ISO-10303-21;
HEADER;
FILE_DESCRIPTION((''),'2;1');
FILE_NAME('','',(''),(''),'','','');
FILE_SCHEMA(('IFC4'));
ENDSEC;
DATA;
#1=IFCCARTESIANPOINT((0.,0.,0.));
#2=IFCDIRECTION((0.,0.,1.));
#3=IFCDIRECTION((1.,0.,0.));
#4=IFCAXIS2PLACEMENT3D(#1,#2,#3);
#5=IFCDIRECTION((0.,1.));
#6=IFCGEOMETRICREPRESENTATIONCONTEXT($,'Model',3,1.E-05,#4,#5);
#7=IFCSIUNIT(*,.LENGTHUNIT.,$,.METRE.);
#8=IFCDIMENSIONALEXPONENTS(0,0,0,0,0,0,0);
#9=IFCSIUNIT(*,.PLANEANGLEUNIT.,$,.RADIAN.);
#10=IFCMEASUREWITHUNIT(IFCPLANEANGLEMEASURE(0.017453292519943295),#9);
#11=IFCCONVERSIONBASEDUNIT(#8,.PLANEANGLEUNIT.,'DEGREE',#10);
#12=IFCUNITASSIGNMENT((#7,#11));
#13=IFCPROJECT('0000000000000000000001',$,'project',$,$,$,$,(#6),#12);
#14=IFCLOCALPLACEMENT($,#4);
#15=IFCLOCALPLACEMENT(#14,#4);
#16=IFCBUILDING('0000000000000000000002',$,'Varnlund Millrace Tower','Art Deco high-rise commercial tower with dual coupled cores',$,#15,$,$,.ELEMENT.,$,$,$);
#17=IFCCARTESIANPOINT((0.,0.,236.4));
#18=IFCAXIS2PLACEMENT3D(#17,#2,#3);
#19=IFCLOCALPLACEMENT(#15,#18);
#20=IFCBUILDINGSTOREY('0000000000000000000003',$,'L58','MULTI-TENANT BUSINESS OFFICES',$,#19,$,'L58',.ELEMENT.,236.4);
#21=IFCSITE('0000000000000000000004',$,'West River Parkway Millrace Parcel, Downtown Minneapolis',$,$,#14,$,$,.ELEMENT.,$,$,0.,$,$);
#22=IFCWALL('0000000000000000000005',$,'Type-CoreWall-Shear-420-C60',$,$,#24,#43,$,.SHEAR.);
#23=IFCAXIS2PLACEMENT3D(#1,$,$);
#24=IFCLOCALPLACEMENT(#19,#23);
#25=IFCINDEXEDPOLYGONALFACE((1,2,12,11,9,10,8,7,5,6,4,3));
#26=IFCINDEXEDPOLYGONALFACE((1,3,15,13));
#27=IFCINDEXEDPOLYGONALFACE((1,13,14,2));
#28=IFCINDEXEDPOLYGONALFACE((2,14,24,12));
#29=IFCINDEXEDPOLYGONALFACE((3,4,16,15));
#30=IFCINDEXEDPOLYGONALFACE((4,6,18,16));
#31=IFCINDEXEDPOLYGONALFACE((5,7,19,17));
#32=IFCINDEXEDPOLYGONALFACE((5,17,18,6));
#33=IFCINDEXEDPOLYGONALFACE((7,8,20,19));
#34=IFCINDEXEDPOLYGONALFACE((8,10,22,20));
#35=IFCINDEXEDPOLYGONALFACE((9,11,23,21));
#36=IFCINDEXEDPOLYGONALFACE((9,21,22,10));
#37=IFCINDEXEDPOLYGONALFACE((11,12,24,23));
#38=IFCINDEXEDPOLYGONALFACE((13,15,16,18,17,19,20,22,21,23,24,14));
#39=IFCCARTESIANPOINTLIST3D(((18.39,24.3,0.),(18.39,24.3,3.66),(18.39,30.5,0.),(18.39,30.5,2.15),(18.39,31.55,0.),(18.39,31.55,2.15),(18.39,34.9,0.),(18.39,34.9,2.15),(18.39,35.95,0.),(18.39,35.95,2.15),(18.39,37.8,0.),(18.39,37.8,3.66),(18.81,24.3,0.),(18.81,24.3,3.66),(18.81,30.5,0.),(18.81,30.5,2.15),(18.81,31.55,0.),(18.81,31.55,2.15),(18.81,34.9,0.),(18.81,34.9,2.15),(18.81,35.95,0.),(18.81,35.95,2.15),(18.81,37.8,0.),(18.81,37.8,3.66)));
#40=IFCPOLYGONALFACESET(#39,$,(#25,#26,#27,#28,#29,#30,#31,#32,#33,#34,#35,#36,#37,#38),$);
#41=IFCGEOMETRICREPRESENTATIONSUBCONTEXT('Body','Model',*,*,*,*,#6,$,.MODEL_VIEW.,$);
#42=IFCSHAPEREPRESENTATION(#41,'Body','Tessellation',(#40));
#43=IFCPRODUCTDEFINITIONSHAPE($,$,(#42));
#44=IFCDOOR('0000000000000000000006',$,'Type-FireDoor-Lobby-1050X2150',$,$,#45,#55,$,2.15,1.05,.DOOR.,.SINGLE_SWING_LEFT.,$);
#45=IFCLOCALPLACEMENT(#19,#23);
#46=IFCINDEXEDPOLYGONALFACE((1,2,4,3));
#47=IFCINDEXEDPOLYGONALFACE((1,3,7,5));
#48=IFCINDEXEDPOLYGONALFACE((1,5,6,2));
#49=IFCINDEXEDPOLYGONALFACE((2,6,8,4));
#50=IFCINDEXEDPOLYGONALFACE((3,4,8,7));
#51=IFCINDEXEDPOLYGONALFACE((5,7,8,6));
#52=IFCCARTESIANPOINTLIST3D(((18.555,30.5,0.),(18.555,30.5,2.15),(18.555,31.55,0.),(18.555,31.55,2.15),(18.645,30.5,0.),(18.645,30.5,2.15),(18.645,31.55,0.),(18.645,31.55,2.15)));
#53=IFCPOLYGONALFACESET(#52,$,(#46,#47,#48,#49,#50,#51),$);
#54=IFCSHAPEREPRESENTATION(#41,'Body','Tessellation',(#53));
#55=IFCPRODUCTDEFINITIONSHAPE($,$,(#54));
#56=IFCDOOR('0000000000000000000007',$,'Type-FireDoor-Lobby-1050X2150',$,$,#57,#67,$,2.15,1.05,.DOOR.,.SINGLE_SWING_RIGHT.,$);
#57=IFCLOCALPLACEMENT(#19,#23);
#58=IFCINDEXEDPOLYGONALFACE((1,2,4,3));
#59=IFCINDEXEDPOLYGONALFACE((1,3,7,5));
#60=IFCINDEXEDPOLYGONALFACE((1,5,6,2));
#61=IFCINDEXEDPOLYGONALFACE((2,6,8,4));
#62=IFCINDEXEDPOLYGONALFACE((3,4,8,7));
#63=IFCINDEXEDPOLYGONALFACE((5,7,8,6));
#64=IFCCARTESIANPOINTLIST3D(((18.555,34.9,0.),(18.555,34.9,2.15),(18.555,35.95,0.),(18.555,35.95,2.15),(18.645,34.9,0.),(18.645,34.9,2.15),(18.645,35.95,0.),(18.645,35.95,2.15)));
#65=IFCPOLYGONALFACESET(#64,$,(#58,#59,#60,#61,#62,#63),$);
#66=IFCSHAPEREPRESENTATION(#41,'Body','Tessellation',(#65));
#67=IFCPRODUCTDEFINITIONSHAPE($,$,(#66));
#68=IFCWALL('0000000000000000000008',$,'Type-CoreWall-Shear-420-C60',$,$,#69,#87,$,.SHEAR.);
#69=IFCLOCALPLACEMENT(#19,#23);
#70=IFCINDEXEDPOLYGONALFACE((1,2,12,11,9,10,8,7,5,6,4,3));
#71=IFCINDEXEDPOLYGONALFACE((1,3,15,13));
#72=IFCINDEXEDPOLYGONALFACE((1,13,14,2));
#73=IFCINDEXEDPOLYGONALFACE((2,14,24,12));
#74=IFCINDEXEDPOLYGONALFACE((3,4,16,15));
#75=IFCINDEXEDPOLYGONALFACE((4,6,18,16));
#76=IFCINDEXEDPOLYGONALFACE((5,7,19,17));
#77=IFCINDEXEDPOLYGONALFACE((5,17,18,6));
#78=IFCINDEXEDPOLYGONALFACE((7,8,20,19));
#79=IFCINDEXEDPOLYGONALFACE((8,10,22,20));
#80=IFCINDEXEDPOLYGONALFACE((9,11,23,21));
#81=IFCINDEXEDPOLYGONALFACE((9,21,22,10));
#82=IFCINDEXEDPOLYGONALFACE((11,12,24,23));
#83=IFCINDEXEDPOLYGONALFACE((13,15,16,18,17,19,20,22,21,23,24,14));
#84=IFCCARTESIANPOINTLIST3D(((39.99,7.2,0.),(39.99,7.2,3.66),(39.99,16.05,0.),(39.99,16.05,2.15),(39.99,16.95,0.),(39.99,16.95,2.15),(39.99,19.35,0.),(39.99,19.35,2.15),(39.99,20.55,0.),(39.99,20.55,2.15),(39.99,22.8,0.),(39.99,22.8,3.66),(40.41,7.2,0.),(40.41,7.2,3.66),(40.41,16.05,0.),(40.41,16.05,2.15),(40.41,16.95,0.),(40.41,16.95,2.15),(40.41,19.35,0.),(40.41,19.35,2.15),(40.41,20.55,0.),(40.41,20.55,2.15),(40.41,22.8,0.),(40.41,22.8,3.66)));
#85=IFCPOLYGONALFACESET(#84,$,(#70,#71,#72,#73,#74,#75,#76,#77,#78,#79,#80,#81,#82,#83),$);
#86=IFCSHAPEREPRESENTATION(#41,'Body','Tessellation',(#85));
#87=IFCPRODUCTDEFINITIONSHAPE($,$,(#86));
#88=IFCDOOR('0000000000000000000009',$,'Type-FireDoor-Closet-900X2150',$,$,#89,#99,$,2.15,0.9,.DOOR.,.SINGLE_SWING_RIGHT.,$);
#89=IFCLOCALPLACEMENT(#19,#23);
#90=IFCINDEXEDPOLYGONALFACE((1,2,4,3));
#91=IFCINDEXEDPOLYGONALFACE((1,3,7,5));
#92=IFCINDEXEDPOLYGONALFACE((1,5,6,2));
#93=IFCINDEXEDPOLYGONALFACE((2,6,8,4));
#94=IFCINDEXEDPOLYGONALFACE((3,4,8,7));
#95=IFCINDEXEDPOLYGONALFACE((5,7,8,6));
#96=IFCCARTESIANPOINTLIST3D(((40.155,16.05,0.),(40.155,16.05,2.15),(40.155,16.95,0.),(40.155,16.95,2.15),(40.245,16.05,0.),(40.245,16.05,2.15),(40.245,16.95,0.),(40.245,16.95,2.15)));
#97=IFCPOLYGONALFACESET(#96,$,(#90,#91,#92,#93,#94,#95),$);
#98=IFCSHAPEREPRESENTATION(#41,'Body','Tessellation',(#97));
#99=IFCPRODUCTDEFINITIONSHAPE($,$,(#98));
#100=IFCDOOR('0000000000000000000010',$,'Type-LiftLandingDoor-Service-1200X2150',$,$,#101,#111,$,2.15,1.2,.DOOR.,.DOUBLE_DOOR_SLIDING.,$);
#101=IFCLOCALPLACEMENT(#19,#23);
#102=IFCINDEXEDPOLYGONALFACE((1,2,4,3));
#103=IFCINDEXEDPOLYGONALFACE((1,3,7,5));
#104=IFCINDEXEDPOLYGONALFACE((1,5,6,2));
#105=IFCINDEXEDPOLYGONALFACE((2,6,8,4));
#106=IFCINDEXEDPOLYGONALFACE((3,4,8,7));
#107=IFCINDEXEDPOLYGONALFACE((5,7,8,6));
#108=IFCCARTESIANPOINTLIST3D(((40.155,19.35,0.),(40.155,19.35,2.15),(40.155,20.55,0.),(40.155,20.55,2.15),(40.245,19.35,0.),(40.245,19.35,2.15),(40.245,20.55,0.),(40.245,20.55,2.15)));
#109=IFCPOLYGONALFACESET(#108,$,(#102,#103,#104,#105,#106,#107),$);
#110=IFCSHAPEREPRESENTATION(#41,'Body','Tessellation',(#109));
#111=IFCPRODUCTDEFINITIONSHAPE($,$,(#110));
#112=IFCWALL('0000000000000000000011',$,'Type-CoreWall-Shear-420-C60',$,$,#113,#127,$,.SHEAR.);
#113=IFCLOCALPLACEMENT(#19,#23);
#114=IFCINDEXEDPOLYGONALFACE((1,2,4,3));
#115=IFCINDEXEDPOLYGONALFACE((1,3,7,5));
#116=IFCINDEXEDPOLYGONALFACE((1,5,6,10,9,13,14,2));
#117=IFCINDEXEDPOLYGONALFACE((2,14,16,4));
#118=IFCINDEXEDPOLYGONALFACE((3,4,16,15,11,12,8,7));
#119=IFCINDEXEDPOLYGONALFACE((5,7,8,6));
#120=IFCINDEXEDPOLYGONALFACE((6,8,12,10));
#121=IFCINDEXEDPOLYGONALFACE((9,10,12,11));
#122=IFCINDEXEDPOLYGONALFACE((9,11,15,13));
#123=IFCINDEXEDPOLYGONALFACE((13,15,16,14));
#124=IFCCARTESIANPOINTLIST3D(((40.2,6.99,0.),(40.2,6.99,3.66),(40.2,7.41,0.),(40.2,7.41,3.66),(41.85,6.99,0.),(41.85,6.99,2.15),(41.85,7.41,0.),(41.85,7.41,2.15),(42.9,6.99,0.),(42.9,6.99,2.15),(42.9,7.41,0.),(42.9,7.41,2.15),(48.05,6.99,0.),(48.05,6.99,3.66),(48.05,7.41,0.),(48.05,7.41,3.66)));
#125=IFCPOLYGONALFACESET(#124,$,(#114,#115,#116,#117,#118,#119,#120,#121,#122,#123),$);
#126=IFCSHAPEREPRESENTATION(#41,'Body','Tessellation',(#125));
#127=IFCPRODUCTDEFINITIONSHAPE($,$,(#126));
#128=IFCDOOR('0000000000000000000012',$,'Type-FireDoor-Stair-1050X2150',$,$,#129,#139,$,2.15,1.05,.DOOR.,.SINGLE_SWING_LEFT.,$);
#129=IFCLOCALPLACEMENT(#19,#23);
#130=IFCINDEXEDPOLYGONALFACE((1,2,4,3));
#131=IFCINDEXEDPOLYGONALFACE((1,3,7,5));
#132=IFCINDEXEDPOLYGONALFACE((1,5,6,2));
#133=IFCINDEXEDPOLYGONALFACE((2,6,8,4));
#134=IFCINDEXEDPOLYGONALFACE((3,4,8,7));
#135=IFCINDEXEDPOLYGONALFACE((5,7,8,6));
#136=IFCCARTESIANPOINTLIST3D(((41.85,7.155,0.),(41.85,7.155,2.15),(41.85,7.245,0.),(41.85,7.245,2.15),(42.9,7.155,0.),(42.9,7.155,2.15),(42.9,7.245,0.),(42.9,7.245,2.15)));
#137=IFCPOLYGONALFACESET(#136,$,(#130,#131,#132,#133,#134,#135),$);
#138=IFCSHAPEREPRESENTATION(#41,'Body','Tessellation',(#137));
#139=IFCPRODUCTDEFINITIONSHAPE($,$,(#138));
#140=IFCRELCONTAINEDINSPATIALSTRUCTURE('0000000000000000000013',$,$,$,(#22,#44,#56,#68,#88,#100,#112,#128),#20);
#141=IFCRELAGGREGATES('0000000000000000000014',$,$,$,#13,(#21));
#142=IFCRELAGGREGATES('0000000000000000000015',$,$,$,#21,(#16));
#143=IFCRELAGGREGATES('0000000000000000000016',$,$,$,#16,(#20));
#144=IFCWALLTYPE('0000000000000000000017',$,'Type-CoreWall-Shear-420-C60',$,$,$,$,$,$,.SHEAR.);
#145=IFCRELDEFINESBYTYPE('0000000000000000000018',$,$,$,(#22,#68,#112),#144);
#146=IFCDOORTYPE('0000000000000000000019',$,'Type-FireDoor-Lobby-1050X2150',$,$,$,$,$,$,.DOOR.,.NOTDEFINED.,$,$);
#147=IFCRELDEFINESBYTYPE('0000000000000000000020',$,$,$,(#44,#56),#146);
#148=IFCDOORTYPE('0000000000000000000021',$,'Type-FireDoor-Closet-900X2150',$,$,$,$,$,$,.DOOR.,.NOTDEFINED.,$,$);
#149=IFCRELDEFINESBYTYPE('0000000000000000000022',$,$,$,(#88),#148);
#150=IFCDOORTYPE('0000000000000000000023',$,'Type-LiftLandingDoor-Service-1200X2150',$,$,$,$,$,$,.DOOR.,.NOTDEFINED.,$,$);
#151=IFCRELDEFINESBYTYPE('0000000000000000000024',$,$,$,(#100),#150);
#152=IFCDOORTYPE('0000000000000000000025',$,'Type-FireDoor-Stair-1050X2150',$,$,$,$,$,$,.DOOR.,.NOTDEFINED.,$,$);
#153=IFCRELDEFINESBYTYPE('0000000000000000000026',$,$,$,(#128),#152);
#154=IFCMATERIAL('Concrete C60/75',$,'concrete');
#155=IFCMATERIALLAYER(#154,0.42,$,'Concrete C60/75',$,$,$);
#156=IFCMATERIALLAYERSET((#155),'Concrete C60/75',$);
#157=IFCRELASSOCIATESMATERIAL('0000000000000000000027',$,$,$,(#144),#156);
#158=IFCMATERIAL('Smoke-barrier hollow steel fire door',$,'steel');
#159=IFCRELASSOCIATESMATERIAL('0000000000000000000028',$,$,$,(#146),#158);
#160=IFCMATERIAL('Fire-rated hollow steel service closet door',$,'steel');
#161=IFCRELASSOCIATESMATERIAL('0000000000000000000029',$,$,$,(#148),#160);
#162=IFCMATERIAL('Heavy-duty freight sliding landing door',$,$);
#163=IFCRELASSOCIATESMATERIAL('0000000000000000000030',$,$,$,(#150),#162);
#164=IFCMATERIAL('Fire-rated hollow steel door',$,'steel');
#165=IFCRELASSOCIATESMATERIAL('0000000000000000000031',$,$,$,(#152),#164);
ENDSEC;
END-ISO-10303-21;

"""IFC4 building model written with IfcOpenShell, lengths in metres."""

from ifc_helpers import new_model, entity, si_unit, converted_unit, direction, frame, origin_with_axes, origin_2d_with_axis, place, context, subcontext, project, spatial, polyline, rectangle, outline, extrude, material, layer, layer_set, type_object, element, fill, save


model = new_model("IFC4")

# Units and contexts
model_context = context("Model", 3, precision=1e-05, world=origin_with_axes(), true_north=direction((0.0, 1.0)))
body_context = subcontext(model_context, "Body", "Model", "MODEL_VIEW")
ifc_project = project(units=[si_unit("LENGTHUNIT", "METRE"), converted_unit("PLANEANGLEUNIT", "DEGREE", entity("IfcPlaneAngleMeasure", 0.017453292519943295), si_unit("PLANEANGLEUNIT", "RADIAN"), dimensions=[0, 0, 0, 0, 0, 0, 0])], contexts=[model_context])

# Site, building, storey
site_placement = place(None, origin_with_axes())
site = spatial("IfcSite", under=ifc_project, at=site_placement, Name="West River Parkway Millrace Parcel, Downtown Minneapolis", CompositionType="ELEMENT", RefElevation=0.0)
building_placement = place(site_placement, origin_with_axes())
building = spatial("IfcBuilding", under=site, at=building_placement, Name="Varnlund Millrace Tower", Description="Art Deco high-rise commercial tower with dual coupled cores", CompositionType="ELEMENT")
storey_placement = place(building_placement, frame((0.0, 0.0, 236.4), z_axis=(0.0, 0.0, 1.0), x_axis=(1.0, 0.0, 0.0)))
storey = spatial("IfcBuildingStorey", under=building, at=storey_placement, Name="L58", Description="MULTI-TENANT BUSINESS OFFICES", LongName="L58", CompositionType="ELEMENT", Elevation=236.4)

# Walls, openings, doors
ifc_material_1 = material(Name="Concrete C60/75", Category="concrete")
ifc_layer_1 = layer(ifc_material_1, 0.42, Name="Concrete C60/75")
ifc_layer_set_1 = layer_set([ifc_layer_1], Name="Concrete C60/75")
wall_type_1 = type_object("IfcWallType", Name="Type-CoreWall-Shear-420-C60", PredefinedType="SHEAR", material=ifc_layer_set_1)
wall_1_placement = place(storey_placement, frame((18.6, 24.3, 0.0), z_axis=(0.0, 0.0, 1.0), x_axis=(0.0, 1.0, 0.0)))
wall_1 = element("IfcWall", 1, at=wall_1_placement, inside=storey, type_object=wall_type_1, Name="Type-CoreWall-Shear-420-C60", PredefinedType="SHEAR", context=body_context, shape_type="SweptSolid", body=[
    extrude(outline(polyline([(0.0, -0.21), (13.5, -0.21), (13.5, 0.21), (0.0, 0.21), (0.0, -0.21)])), origin_with_axes(), (0.0, 0.0, 1.0), 3.66),
])
opening_1_placement = place(wall_1_placement, frame((6.725, 0.0, 0.0), z_axis=(0.0, 0.0, 1.0), x_axis=(1.0, 0.0, 0.0)))
opening_1 = element("IfcOpeningElement", 2, at=opening_1_placement, cuts=wall_1, PredefinedType="OPENING", context=body_context, shape_type="SweptSolid", body=[
    extrude(rectangle(XDim=1.05, YDim=0.44, at=origin_2d_with_axis()), origin_with_axes(), (0.0, 0.0, 1.0), 2.15),
])
opening_2_placement = place(wall_1_placement, frame((11.125, 0.0, 0.0), z_axis=(0.0, 0.0, 1.0), x_axis=(1.0, 0.0, 0.0)))
opening_2 = element("IfcOpeningElement", 3, at=opening_2_placement, cuts=wall_1, PredefinedType="OPENING", context=body_context, shape_type="SweptSolid", body=[
    extrude(rectangle(XDim=1.05, YDim=0.44, at=origin_2d_with_axis()), origin_with_axes(), (0.0, 0.0, 1.0), 2.15),
])
ifc_material_2 = material(Name="Smoke-barrier hollow steel fire door", Category="steel")
door_type_1 = type_object("IfcDoorType", Name="Type-FireDoor-Lobby-1050X2150", OperationType="NOTDEFINED", PredefinedType="DOOR", material=ifc_material_2)
door_1_placement = place(wall_1_placement, frame((6.725, 0.0, 0.0), z_axis=(0.0, 0.0, 1.0), x_axis=(1.0, 0.0, 0.0)))
door_1 = element("IfcDoor", 4, at=door_1_placement, inside=storey, type_object=door_type_1, Name="Type-FireDoor-Lobby-1050X2150", OperationType="SINGLE_SWING_LEFT", OverallHeight=2.15, OverallWidth=1.05, PredefinedType="DOOR", context=body_context, shape_type="SweptSolid", body=[
    extrude(rectangle(XDim=1.05, YDim=0.09, at=origin_2d_with_axis()), origin_with_axes(), (0.0, 0.0, 1.0), 2.15),
])
fill(opening_1, door_1)
door_2_placement = place(wall_1_placement, frame((11.125, 0.0, 0.0), z_axis=(0.0, 0.0, 1.0), x_axis=(1.0, 0.0, 0.0)))
door_2 = element("IfcDoor", 5, at=door_2_placement, inside=storey, type_object=door_type_1, Name="Type-FireDoor-Lobby-1050X2150", OperationType="SINGLE_SWING_RIGHT", OverallHeight=2.15, OverallWidth=1.05, PredefinedType="DOOR", context=body_context, shape_type="SweptSolid", body=[
    extrude(rectangle(XDim=1.05, YDim=0.09, at=origin_2d_with_axis()), origin_with_axes(), (0.0, 0.0, 1.0), 2.15),
])
fill(opening_2, door_2)
wall_2_placement = place(storey_placement, frame((40.2, 7.2, 0.0), z_axis=(0.0, 0.0, 1.0), x_axis=(0.0, 1.0, 0.0)))
wall_2 = element("IfcWall", 6, at=wall_2_placement, inside=storey, type_object=wall_type_1, Name="Type-CoreWall-Shear-420-C60", PredefinedType="SHEAR", context=body_context, shape_type="SweptSolid", body=[
    extrude(outline(polyline([(0.0, -0.21), (15.6, -0.21), (15.6, 0.21), (0.0, 0.21), (0.0, -0.21)])), origin_with_axes(), (0.0, 0.0, 1.0), 3.66),
])
opening_3_placement = place(wall_2_placement, frame((12.75, 0.0, 0.0), z_axis=(0.0, 0.0, 1.0), x_axis=(1.0, 0.0, 0.0)))
opening_3 = element("IfcOpeningElement", 7, at=opening_3_placement, cuts=wall_2, PredefinedType="OPENING", context=body_context, shape_type="SweptSolid", body=[
    extrude(rectangle(XDim=1.2, YDim=0.44, at=origin_2d_with_axis()), origin_with_axes(), (0.0, 0.0, 1.0), 2.15),
])
opening_4_placement = place(wall_2_placement, frame((9.3, 0.0, 0.0), z_axis=(0.0, 0.0, 1.0), x_axis=(1.0, 0.0, 0.0)))
opening_4 = element("IfcOpeningElement", 8, at=opening_4_placement, cuts=wall_2, PredefinedType="OPENING", context=body_context, shape_type="SweptSolid", body=[
    extrude(rectangle(XDim=0.9, YDim=0.44, at=origin_2d_with_axis()), origin_with_axes(), (0.0, 0.0, 1.0), 2.15),
])
ifc_material_3 = material(Name="Fire-rated hollow steel service closet door", Category="steel")
door_type_2 = type_object("IfcDoorType", Name="Type-FireDoor-Closet-900X2150", OperationType="NOTDEFINED", PredefinedType="DOOR", material=ifc_material_3)
door_3_placement = place(wall_2_placement, frame((9.3, 0.0, 0.0), z_axis=(0.0, 0.0, 1.0), x_axis=(1.0, 0.0, 0.0)))
door_3 = element("IfcDoor", 9, at=door_3_placement, inside=storey, type_object=door_type_2, Name="Type-FireDoor-Closet-900X2150", OperationType="SINGLE_SWING_RIGHT", OverallHeight=2.15, OverallWidth=0.9, PredefinedType="DOOR", context=body_context, shape_type="SweptSolid", body=[
    extrude(rectangle(XDim=0.9, YDim=0.09, at=origin_2d_with_axis()), origin_with_axes(), (0.0, 0.0, 1.0), 2.15),
])
fill(opening_4, door_3)
ifc_material_4 = material(Name="Heavy-duty freight sliding landing door")
door_type_3 = type_object("IfcDoorType", Name="Type-LiftLandingDoor-Service-1200X2150", OperationType="NOTDEFINED", PredefinedType="DOOR", material=ifc_material_4)
door_4_placement = place(wall_2_placement, frame((12.75, 0.0, 0.0), z_axis=(0.0, 0.0, 1.0), x_axis=(1.0, 0.0, 0.0)))
door_4 = element("IfcDoor", 10, at=door_4_placement, inside=storey, type_object=door_type_3, Name="Type-LiftLandingDoor-Service-1200X2150", OperationType="DOUBLE_DOOR_SLIDING", OverallHeight=2.15, OverallWidth=1.2, PredefinedType="DOOR", context=body_context, shape_type="SweptSolid", body=[
    extrude(rectangle(XDim=1.2, YDim=0.09, at=origin_2d_with_axis()), origin_with_axes(), (0.0, 0.0, 1.0), 2.15),
])
fill(opening_3, door_4)

# Wall, opening, door
wall_3_placement = place(storey_placement, frame((40.2, 7.2, 0.0), z_axis=(0.0, 0.0, 1.0), x_axis=(1.0, 0.0, 0.0)))
wall_3 = element("IfcWall", 11, at=wall_3_placement, inside=storey, type_object=wall_type_1, Name="Type-CoreWall-Shear-420-C60", PredefinedType="SHEAR", context=body_context, shape_type="SweptSolid", body=[
    extrude(outline(polyline([(0.0, -0.21), (7.85, -0.21), (7.85, 0.21), (0.0, 0.21), (0.0, -0.21)])), origin_with_axes(), (0.0, 0.0, 1.0), 3.66),
])
opening_5_placement = place(wall_3_placement, frame((2.175, 0.0, 0.0), z_axis=(0.0, 0.0, 1.0), x_axis=(1.0, 0.0, 0.0)))
opening_5 = element("IfcOpeningElement", 12, at=opening_5_placement, cuts=wall_3, PredefinedType="OPENING", context=body_context, shape_type="SweptSolid", body=[
    extrude(rectangle(XDim=1.05, YDim=0.44, at=origin_2d_with_axis()), origin_with_axes(), (0.0, 0.0, 1.0), 2.15),
])
ifc_material_5 = material(Name="Fire-rated hollow steel door", Category="steel")
door_type_4 = type_object("IfcDoorType", Name="Type-FireDoor-Stair-1050X2150", OperationType="NOTDEFINED", PredefinedType="DOOR", material=ifc_material_5)
door_5_placement = place(wall_3_placement, frame((2.175, 0.0, 0.0), z_axis=(0.0, 0.0, 1.0), x_axis=(1.0, 0.0, 0.0)))
door_5 = element("IfcDoor", 13, at=door_5_placement, inside=storey, type_object=door_type_4, Name="Type-FireDoor-Stair-1050X2150", OperationType="SINGLE_SWING_LEFT", OverallHeight=2.15, OverallWidth=1.05, PredefinedType="DOOR", context=body_context, shape_type="SweptSolid", body=[
    extrude(rectangle(XDim=1.05, YDim=0.09, at=origin_2d_with_axis()), origin_with_axes(), (0.0, 0.0, 1.0), 2.15),
])
fill(opening_5, door_5)

save(model, "model.ifc")
